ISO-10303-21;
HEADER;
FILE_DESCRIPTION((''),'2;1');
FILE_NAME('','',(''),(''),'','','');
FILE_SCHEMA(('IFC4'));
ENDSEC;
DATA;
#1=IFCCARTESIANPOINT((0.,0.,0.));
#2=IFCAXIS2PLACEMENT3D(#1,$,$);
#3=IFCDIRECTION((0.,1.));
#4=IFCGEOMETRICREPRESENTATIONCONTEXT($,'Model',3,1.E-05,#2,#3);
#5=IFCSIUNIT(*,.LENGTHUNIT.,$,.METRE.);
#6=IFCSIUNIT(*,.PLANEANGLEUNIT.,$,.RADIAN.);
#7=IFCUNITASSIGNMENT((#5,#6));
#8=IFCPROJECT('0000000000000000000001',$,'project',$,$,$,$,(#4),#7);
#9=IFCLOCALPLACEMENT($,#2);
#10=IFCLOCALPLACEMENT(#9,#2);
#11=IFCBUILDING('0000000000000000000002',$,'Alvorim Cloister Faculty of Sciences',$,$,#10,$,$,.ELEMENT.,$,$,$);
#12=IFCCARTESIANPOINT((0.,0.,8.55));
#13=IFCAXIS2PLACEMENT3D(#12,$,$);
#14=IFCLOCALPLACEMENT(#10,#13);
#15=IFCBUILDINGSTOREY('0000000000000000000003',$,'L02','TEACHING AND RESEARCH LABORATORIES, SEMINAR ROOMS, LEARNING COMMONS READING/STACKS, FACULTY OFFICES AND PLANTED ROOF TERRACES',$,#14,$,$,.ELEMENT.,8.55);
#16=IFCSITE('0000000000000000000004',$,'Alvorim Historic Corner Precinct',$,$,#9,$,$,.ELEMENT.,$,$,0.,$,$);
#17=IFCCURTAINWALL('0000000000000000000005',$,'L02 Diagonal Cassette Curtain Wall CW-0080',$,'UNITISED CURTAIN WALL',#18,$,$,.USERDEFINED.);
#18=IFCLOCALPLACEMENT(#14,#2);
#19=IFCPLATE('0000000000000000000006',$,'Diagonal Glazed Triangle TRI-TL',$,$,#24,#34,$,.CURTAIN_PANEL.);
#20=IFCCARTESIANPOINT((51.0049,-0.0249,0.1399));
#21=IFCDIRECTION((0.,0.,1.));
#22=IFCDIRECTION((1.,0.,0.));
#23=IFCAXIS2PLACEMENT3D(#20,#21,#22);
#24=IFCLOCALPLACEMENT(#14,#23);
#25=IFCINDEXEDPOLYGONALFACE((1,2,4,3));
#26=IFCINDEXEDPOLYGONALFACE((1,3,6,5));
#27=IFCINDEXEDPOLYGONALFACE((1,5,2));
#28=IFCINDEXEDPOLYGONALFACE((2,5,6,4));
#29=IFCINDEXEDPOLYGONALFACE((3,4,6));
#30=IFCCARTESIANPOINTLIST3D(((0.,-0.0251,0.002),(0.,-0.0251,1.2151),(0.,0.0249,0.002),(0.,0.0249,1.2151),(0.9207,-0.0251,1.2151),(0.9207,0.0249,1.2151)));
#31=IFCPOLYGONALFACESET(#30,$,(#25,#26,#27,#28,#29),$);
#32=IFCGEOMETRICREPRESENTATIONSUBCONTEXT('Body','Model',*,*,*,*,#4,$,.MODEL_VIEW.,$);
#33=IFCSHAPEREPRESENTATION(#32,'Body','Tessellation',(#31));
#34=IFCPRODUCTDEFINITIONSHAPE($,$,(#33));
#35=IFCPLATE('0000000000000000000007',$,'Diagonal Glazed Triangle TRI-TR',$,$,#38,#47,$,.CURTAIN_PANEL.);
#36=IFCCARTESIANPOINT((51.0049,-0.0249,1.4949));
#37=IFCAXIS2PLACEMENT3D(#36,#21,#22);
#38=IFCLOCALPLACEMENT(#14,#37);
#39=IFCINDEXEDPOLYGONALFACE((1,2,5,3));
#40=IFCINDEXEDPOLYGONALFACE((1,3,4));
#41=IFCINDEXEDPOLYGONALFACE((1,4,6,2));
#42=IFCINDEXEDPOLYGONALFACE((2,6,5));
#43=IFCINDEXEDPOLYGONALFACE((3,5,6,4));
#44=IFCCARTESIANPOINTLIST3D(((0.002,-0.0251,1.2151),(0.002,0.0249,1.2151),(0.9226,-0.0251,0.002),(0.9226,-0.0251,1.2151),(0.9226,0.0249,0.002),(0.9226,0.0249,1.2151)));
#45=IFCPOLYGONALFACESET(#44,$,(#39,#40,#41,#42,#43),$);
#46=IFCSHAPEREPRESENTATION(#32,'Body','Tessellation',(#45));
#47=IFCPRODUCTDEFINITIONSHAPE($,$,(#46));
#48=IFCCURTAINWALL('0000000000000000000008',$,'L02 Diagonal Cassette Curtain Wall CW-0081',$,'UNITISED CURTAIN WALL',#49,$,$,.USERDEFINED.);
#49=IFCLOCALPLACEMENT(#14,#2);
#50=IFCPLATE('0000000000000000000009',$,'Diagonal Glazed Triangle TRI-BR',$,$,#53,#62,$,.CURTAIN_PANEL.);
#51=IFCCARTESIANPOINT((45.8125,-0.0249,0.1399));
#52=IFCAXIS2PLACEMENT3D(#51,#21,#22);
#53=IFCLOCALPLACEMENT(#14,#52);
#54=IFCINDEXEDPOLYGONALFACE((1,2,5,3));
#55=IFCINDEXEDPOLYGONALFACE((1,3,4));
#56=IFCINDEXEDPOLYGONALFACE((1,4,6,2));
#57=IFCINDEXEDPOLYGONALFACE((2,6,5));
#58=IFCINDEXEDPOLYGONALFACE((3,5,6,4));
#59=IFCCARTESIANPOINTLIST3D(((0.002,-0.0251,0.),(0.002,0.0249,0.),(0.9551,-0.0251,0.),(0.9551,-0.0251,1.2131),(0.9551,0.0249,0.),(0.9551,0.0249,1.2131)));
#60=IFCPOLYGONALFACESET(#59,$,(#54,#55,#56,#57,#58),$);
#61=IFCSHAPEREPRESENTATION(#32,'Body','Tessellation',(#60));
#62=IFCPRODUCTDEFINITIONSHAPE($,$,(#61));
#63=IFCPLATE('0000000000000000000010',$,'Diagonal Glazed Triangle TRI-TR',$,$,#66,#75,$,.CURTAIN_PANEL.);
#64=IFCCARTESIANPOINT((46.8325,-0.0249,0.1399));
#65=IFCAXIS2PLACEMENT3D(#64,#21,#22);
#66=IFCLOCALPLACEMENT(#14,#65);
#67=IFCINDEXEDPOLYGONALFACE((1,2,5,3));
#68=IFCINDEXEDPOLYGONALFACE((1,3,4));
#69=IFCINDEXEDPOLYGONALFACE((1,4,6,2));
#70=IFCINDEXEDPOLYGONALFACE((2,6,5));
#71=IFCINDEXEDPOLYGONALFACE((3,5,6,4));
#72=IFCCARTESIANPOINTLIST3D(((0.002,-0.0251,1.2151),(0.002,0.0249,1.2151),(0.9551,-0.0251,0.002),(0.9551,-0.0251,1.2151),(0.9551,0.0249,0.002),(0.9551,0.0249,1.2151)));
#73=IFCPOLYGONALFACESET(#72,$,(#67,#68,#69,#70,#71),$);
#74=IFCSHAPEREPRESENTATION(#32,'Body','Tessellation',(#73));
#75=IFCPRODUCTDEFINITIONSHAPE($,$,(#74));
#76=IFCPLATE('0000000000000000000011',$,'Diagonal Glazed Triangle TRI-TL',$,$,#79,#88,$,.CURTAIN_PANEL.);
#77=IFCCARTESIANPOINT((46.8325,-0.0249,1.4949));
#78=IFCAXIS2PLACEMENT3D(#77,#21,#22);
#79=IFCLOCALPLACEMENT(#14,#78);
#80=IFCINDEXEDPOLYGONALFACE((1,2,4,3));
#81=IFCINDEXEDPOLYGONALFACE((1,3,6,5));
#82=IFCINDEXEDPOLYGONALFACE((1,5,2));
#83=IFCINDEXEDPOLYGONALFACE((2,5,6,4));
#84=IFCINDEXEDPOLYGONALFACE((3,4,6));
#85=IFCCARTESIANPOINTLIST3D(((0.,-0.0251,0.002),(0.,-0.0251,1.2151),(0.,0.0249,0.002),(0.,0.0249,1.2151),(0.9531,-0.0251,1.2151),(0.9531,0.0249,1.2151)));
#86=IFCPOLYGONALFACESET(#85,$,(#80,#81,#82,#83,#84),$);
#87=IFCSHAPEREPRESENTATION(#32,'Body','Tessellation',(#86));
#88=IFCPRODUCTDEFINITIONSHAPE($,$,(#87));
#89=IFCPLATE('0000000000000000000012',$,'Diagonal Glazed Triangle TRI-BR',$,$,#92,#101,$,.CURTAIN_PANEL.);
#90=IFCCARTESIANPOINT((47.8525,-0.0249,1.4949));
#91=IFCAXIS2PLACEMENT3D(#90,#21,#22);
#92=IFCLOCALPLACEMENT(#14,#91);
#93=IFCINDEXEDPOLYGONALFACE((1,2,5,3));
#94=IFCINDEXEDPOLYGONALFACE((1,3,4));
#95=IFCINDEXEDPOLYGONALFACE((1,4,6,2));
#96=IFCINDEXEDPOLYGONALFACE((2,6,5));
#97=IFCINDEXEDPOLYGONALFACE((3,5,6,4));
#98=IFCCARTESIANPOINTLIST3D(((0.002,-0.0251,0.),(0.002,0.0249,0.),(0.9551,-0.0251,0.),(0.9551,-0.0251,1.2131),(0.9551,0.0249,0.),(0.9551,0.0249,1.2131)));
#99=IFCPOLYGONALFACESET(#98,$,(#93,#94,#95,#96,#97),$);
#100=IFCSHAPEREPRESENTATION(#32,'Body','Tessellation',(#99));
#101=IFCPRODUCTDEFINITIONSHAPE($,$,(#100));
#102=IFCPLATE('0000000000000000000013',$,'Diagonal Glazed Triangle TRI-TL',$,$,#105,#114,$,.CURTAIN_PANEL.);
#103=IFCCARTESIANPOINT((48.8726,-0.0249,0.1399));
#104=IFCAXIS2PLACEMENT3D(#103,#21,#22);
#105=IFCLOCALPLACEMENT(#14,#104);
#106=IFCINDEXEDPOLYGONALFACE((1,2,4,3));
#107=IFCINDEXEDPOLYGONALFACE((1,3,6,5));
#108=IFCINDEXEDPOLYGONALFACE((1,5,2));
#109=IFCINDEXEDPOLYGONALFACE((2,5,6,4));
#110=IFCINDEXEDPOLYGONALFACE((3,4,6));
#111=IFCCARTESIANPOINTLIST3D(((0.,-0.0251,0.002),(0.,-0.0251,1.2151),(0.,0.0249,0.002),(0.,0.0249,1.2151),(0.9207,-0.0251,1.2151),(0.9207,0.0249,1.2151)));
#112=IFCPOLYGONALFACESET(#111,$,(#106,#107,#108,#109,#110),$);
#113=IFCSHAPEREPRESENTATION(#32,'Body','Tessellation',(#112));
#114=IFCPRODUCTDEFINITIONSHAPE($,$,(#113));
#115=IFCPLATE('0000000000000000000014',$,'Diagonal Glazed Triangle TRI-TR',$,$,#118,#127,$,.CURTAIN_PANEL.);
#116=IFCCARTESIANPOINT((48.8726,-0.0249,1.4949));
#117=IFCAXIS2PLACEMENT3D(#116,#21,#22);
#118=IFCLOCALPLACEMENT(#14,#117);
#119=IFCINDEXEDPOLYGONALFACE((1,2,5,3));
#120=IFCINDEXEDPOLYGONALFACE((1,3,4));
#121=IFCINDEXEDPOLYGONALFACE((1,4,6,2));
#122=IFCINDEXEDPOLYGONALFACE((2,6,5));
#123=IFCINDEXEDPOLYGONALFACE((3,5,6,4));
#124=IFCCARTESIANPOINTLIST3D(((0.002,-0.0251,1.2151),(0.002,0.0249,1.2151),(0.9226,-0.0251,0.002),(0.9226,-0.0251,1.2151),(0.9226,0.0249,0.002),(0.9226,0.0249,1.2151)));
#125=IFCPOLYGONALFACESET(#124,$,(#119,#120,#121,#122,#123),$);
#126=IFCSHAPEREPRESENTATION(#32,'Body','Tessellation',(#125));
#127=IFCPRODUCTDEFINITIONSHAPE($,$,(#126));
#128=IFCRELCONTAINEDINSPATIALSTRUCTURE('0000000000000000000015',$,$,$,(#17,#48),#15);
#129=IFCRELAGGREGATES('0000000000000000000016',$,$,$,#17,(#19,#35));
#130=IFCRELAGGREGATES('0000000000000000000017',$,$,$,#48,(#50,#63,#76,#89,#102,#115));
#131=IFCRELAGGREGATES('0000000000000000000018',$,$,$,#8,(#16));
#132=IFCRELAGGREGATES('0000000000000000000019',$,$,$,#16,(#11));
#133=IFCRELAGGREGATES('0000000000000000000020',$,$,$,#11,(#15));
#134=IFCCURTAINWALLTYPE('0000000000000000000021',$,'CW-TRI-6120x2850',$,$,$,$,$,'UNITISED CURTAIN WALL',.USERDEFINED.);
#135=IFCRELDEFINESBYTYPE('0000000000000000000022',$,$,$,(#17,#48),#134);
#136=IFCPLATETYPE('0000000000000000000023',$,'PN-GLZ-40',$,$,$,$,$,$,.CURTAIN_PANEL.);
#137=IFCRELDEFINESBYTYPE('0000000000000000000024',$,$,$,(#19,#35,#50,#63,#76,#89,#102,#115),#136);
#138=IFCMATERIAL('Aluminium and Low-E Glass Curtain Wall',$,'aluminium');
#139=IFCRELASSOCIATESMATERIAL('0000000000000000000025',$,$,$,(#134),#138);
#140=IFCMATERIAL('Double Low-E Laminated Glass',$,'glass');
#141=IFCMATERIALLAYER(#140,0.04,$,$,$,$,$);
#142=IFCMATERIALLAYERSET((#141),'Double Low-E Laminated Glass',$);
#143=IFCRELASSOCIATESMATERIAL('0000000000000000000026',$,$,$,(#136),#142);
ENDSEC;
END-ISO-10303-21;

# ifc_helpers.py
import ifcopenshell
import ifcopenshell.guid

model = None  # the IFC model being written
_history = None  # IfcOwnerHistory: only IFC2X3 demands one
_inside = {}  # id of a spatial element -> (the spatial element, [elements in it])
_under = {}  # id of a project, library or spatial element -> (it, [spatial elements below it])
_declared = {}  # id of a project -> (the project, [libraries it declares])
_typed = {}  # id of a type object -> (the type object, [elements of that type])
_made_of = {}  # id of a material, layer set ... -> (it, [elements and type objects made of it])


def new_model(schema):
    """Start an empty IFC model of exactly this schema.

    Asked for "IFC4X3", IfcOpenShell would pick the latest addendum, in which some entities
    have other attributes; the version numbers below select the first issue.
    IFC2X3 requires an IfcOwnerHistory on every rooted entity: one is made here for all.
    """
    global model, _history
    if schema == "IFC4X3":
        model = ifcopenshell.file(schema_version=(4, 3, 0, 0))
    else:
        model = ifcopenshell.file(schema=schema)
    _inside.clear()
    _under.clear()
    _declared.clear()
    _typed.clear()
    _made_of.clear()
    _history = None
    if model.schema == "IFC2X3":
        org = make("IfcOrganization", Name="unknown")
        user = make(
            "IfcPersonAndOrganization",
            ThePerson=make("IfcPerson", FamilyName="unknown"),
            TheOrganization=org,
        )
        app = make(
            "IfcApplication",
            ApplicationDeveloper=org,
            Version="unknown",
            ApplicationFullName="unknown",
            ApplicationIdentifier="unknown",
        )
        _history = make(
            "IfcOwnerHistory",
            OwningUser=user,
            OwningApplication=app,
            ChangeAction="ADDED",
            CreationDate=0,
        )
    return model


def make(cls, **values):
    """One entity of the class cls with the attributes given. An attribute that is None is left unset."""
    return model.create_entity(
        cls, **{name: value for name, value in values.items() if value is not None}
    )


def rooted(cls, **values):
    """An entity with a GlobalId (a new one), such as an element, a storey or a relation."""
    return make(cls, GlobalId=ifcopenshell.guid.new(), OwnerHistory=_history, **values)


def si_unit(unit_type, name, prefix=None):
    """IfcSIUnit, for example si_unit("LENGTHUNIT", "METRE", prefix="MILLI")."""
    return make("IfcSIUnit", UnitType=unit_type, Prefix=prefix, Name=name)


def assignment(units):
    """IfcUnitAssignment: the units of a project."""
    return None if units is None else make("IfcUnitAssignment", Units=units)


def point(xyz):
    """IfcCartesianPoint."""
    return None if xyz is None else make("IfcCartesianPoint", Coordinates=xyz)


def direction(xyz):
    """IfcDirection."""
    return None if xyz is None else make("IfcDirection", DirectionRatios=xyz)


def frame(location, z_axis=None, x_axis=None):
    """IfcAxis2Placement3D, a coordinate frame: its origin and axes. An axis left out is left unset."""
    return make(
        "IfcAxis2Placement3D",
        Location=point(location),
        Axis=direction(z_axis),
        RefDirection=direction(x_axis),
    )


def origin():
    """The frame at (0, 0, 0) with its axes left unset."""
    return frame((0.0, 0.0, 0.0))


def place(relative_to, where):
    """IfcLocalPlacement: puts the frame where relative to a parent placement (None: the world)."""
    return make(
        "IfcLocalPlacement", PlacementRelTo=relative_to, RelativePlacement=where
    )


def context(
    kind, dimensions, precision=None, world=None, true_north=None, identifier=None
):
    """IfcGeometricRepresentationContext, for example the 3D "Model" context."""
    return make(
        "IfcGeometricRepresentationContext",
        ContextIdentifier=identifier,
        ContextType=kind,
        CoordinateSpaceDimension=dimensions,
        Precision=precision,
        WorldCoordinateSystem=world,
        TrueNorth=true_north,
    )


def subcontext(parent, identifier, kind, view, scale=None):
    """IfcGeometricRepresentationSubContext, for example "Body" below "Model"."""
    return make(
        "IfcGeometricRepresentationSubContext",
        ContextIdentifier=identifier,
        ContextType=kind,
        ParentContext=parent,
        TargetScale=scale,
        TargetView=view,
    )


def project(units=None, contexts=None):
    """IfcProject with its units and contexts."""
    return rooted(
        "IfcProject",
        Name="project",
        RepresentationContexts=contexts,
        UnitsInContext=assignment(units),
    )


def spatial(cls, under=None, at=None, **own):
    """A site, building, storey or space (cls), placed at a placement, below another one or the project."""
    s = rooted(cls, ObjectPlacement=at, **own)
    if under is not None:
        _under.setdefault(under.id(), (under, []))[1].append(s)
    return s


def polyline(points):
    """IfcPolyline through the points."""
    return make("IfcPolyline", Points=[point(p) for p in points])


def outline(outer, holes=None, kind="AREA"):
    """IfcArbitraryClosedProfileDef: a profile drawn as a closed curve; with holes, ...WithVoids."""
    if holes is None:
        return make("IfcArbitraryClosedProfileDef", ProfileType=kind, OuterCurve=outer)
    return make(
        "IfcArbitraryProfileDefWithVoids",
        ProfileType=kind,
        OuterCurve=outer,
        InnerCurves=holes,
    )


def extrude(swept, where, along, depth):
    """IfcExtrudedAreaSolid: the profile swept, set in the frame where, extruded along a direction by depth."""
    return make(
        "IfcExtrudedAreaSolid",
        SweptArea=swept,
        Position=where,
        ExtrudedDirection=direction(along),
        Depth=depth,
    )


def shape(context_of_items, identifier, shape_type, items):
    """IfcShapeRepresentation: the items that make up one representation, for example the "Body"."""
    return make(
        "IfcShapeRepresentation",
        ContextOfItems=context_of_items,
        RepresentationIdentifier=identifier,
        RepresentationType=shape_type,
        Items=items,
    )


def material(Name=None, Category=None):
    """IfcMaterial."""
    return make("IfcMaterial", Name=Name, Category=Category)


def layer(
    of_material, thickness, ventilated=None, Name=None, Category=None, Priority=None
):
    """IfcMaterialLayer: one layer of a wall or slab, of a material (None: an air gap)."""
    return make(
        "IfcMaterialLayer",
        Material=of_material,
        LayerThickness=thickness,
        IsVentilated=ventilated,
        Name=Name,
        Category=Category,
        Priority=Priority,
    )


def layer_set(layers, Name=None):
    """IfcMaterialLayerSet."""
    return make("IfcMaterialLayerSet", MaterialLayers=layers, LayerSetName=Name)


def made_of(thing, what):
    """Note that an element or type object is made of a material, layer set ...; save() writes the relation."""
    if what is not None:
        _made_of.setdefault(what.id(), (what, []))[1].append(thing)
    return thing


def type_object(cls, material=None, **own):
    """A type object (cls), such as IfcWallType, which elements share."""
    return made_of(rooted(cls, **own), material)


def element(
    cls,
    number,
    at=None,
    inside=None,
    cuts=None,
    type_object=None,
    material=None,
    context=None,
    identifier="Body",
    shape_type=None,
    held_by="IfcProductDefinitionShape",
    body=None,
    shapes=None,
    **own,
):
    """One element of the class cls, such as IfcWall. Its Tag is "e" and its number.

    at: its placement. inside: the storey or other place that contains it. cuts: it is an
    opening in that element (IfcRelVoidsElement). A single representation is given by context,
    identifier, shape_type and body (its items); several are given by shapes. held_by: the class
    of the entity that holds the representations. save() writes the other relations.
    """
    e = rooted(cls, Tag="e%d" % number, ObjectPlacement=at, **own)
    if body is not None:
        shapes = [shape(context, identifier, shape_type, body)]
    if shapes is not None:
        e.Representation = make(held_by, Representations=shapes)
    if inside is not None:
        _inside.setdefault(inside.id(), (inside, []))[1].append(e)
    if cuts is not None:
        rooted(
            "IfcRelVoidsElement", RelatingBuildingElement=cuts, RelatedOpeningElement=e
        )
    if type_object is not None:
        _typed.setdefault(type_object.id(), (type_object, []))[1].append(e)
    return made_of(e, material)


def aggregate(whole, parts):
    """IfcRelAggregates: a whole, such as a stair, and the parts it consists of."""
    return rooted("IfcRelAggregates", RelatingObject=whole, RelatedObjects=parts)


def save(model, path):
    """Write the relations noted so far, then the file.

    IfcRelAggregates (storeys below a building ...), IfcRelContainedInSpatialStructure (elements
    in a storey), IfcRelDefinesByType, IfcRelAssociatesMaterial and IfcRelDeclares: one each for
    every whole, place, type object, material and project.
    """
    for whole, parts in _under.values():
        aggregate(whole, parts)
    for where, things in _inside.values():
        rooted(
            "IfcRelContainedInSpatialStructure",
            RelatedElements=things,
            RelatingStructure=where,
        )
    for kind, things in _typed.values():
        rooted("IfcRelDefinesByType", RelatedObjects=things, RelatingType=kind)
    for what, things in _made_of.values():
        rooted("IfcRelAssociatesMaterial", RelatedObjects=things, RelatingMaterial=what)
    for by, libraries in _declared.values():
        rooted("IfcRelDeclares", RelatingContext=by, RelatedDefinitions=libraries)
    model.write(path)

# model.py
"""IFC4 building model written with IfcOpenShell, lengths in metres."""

from ifc_helpers import new_model, si_unit, direction, frame, origin, place, context, subcontext, project, spatial, polyline, outline, extrude, material, layer, layer_set, type_object, element, aggregate, save


model = new_model("IFC4")

# Units and contexts
model_context = context("Model", 3, precision=1e-05, world=origin(), true_north=direction((0.0, 1.0)))
body_context = subcontext(model_context, "Body", "Model", "MODEL_VIEW")
ifc_project = project(units=[si_unit("LENGTHUNIT", "METRE"), si_unit("PLANEANGLEUNIT", "RADIAN")], contexts=[model_context])

# Site, building, storey
site_placement = place(None, origin())
site = spatial("IfcSite", under=ifc_project, at=site_placement, Name="Alvorim Historic Corner Precinct", CompositionType="ELEMENT", RefElevation=0.0)
building_placement = place(site_placement, origin())
building = spatial("IfcBuilding", under=site, at=building_placement, Name="Alvorim Cloister Faculty of Sciences", CompositionType="ELEMENT")
storey_placement = place(building_placement, frame((0.0, 0.0, 8.55)))
storey = spatial("IfcBuildingStorey", under=building, at=storey_placement, Name="L02", Description="TEACHING AND RESEARCH LABORATORIES, SEMINAR ROOMS, LEARNING COMMONS READING/STACKS, FACULTY OFFICES AND PLANTED ROOF TERRACES", CompositionType="ELEMENT", Elevation=8.55)

# Curtain walls, plates
ifc_material_1 = material(Name="Aluminium and Low-E Glass Curtain Wall", Category="aluminium")
curtain_wall_type = type_object("IfcCurtainWallType", Name="CW-TRI-6120x2850", ElementType="UNITISED CURTAIN WALL", PredefinedType="USERDEFINED", material=ifc_material_1)
curtain_wall_1_placement = place(storey_placement, origin())
curtain_wall_1 = element("IfcCurtainWall", 1, at=curtain_wall_1_placement, inside=storey, type_object=curtain_wall_type, Name="L02 Diagonal Cassette Curtain Wall CW-0080", ObjectType="UNITISED CURTAIN WALL", PredefinedType="USERDEFINED")
ifc_material_2 = material(Name="Double Low-E Laminated Glass", Category="glass")
ifc_layer_1 = layer(ifc_material_2, 0.04)
ifc_layer_set_1 = layer_set([ifc_layer_1], Name="Double Low-E Laminated Glass")
plate_type = type_object("IfcPlateType", Name="PN-GLZ-40", PredefinedType="CURTAIN_PANEL", material=ifc_layer_set_1)
plate_1_placement = place(storey_placement, frame((51.0049, -0.0249, 0.1399), z_axis=(0.0, 0.0, 1.0), x_axis=(1.0, 0.0, 0.0)))
plate_1 = element("IfcPlate", 2, at=plate_1_placement, type_object=plate_type, Name="Diagonal Glazed Triangle TRI-TL", PredefinedType="CURTAIN_PANEL", context=body_context, shape_type="SweptSolid", body=[
    extrude(outline(polyline([(0.9207, 1.2151), (0.0, 1.2151), (0.0, 0.002), (0.9207, 1.2151)])), frame((0.0, 0.0249, 0.0), z_axis=(0.0, -1.0, 0.0), x_axis=(1.0, 0.0, 0.0)), (0.0, 0.0, 1.0), 0.05),
])
plate_2_placement = place(storey_placement, frame((51.0049, -0.0249, 1.4949), z_axis=(0.0, 0.0, 1.0), x_axis=(1.0, 0.0, 0.0)))
plate_2 = element("IfcPlate", 3, at=plate_2_placement, type_object=plate_type, Name="Diagonal Glazed Triangle TRI-TR", PredefinedType="CURTAIN_PANEL", context=body_context, shape_type="SweptSolid", body=[
    extrude(outline(polyline([(0.9226, 0.002), (0.9226, 1.2151), (0.002, 1.2151), (0.9226, 0.002)])), frame((0.0, 0.0249, 0.0), z_axis=(0.0, -1.0, 0.0), x_axis=(1.0, 0.0, 0.0)), (0.0, 0.0, 1.0), 0.05),
])
aggregate(curtain_wall_1, [plate_1, plate_2])
curtain_wall_2_placement = place(storey_placement, origin())
curtain_wall_2 = element("IfcCurtainWall", 4, at=curtain_wall_2_placement, inside=storey, type_object=curtain_wall_type, Name="L02 Diagonal Cassette Curtain Wall CW-0081", ObjectType="UNITISED CURTAIN WALL", PredefinedType="USERDEFINED")
plate_3_placement = place(storey_placement, frame((45.8125, -0.0249, 0.1399), z_axis=(0.0, 0.0, 1.0), x_axis=(1.0, 0.0, 0.0)))
plate_3 = element("IfcPlate", 5, at=plate_3_placement, type_object=plate_type, Name="Diagonal Glazed Triangle TRI-BR", PredefinedType="CURTAIN_PANEL", context=body_context, shape_type="SweptSolid", body=[
    extrude(outline(polyline([(0.002, 0.0), (0.9551, 0.0), (0.9551, 1.2131), (0.002, 0.0)])), frame((0.0, 0.0249, 0.0), z_axis=(0.0, -1.0, 0.0), x_axis=(1.0, 0.0, 0.0)), (0.0, 0.0, 1.0), 0.05),
])
plate_4_placement = place(storey_placement, frame((46.8325, -0.0249, 0.1399), z_axis=(0.0, 0.0, 1.0), x_axis=(1.0, 0.0, 0.0)))
plate_4 = element("IfcPlate", 6, at=plate_4_placement, type_object=plate_type, Name="Diagonal Glazed Triangle TRI-TR", PredefinedType="CURTAIN_PANEL", context=body_context, shape_type="SweptSolid", body=[
    extrude(outline(polyline([(0.9551, 0.002), (0.9551, 1.2151), (0.002, 1.2151), (0.9551, 0.002)])), frame((0.0, 0.0249, 0.0), z_axis=(0.0, -1.0, 0.0), x_axis=(1.0, 0.0, 0.0)), (0.0, 0.0, 1.0), 0.05),
])
plate_5_placement = place(storey_placement, frame((46.8325, -0.0249, 1.4949), z_axis=(0.0, 0.0, 1.0), x_axis=(1.0, 0.0, 0.0)))
plate_5 = element("IfcPlate", 7, at=plate_5_placement, type_object=plate_type, Name="Diagonal Glazed Triangle TRI-TL", PredefinedType="CURTAIN_PANEL", context=body_context, shape_type="SweptSolid", body=[
    extrude(outline(polyline([(0.9531, 1.2151), (0.0, 1.2151), (0.0, 0.002), (0.9531, 1.2151)])), frame((0.0, 0.0249, 0.0), z_axis=(0.0, -1.0, 0.0), x_axis=(1.0, 0.0, 0.0)), (0.0, 0.0, 1.0), 0.05),
])
plate_6_placement = place(storey_placement, frame((47.8525, -0.0249, 1.4949), z_axis=(0.0, 0.0, 1.0), x_axis=(1.0, 0.0, 0.0)))
plate_6 = element("IfcPlate", 8, at=plate_6_placement, type_object=plate_type, Name="Diagonal Glazed Triangle TRI-BR", PredefinedType="CURTAIN_PANEL", context=body_context, shape_type="SweptSolid", body=[
    extrude(outline(polyline([(0.002, 0.0), (0.9551, 0.0), (0.9551, 1.2131), (0.002, 0.0)])), frame((0.0, 0.0249, 0.0), z_axis=(0.0, -1.0, 0.0), x_axis=(1.0, 0.0, 0.0)), (0.0, 0.0, 1.0), 0.05),
])
plate_7_placement = place(storey_placement, frame((48.8726, -0.0249, 0.1399), z_axis=(0.0, 0.0, 1.0), x_axis=(1.0, 0.0, 0.0)))
plate_7 = element("IfcPlate", 9, at=plate_7_placement, type_object=plate_type, Name="Diagonal Glazed Triangle TRI-TL", PredefinedType="CURTAIN_PANEL", context=body_context, shape_type="SweptSolid", body=[
    extrude(outline(polyline([(0.9207, 1.2151), (0.0, 1.2151), (0.0, 0.002), (0.9207, 1.2151)])), frame((0.0, 0.0249, 0.0), z_axis=(0.0, -1.0, 0.0), x_axis=(1.0, 0.0, 0.0)), (0.0, 0.0, 1.0), 0.05),
])
plate_8_placement = place(storey_placement, frame((48.8726, -0.0249, 1.4949), z_axis=(0.0, 0.0, 1.0), x_axis=(1.0, 0.0, 0.0)))
plate_8 = element("IfcPlate", 10, at=plate_8_placement, type_object=plate_type, Name="Diagonal Glazed Triangle TRI-TR", PredefinedType="CURTAIN_PANEL", context=body_context, shape_type="SweptSolid", body=[
    extrude(outline(polyline([(0.9226, 0.002), (0.9226, 1.2151), (0.002, 1.2151), (0.9226, 0.002)])), frame((0.0, 0.0249, 0.0), z_axis=(0.0, -1.0, 0.0), x_axis=(1.0, 0.0, 0.0)), (0.0, 0.0, 1.0), 0.05),
])
aggregate(curtain_wall_2, [plate_3, plate_4, plate_5, plate_6, plate_7, plate_8])

save(model, "model.ifc")
